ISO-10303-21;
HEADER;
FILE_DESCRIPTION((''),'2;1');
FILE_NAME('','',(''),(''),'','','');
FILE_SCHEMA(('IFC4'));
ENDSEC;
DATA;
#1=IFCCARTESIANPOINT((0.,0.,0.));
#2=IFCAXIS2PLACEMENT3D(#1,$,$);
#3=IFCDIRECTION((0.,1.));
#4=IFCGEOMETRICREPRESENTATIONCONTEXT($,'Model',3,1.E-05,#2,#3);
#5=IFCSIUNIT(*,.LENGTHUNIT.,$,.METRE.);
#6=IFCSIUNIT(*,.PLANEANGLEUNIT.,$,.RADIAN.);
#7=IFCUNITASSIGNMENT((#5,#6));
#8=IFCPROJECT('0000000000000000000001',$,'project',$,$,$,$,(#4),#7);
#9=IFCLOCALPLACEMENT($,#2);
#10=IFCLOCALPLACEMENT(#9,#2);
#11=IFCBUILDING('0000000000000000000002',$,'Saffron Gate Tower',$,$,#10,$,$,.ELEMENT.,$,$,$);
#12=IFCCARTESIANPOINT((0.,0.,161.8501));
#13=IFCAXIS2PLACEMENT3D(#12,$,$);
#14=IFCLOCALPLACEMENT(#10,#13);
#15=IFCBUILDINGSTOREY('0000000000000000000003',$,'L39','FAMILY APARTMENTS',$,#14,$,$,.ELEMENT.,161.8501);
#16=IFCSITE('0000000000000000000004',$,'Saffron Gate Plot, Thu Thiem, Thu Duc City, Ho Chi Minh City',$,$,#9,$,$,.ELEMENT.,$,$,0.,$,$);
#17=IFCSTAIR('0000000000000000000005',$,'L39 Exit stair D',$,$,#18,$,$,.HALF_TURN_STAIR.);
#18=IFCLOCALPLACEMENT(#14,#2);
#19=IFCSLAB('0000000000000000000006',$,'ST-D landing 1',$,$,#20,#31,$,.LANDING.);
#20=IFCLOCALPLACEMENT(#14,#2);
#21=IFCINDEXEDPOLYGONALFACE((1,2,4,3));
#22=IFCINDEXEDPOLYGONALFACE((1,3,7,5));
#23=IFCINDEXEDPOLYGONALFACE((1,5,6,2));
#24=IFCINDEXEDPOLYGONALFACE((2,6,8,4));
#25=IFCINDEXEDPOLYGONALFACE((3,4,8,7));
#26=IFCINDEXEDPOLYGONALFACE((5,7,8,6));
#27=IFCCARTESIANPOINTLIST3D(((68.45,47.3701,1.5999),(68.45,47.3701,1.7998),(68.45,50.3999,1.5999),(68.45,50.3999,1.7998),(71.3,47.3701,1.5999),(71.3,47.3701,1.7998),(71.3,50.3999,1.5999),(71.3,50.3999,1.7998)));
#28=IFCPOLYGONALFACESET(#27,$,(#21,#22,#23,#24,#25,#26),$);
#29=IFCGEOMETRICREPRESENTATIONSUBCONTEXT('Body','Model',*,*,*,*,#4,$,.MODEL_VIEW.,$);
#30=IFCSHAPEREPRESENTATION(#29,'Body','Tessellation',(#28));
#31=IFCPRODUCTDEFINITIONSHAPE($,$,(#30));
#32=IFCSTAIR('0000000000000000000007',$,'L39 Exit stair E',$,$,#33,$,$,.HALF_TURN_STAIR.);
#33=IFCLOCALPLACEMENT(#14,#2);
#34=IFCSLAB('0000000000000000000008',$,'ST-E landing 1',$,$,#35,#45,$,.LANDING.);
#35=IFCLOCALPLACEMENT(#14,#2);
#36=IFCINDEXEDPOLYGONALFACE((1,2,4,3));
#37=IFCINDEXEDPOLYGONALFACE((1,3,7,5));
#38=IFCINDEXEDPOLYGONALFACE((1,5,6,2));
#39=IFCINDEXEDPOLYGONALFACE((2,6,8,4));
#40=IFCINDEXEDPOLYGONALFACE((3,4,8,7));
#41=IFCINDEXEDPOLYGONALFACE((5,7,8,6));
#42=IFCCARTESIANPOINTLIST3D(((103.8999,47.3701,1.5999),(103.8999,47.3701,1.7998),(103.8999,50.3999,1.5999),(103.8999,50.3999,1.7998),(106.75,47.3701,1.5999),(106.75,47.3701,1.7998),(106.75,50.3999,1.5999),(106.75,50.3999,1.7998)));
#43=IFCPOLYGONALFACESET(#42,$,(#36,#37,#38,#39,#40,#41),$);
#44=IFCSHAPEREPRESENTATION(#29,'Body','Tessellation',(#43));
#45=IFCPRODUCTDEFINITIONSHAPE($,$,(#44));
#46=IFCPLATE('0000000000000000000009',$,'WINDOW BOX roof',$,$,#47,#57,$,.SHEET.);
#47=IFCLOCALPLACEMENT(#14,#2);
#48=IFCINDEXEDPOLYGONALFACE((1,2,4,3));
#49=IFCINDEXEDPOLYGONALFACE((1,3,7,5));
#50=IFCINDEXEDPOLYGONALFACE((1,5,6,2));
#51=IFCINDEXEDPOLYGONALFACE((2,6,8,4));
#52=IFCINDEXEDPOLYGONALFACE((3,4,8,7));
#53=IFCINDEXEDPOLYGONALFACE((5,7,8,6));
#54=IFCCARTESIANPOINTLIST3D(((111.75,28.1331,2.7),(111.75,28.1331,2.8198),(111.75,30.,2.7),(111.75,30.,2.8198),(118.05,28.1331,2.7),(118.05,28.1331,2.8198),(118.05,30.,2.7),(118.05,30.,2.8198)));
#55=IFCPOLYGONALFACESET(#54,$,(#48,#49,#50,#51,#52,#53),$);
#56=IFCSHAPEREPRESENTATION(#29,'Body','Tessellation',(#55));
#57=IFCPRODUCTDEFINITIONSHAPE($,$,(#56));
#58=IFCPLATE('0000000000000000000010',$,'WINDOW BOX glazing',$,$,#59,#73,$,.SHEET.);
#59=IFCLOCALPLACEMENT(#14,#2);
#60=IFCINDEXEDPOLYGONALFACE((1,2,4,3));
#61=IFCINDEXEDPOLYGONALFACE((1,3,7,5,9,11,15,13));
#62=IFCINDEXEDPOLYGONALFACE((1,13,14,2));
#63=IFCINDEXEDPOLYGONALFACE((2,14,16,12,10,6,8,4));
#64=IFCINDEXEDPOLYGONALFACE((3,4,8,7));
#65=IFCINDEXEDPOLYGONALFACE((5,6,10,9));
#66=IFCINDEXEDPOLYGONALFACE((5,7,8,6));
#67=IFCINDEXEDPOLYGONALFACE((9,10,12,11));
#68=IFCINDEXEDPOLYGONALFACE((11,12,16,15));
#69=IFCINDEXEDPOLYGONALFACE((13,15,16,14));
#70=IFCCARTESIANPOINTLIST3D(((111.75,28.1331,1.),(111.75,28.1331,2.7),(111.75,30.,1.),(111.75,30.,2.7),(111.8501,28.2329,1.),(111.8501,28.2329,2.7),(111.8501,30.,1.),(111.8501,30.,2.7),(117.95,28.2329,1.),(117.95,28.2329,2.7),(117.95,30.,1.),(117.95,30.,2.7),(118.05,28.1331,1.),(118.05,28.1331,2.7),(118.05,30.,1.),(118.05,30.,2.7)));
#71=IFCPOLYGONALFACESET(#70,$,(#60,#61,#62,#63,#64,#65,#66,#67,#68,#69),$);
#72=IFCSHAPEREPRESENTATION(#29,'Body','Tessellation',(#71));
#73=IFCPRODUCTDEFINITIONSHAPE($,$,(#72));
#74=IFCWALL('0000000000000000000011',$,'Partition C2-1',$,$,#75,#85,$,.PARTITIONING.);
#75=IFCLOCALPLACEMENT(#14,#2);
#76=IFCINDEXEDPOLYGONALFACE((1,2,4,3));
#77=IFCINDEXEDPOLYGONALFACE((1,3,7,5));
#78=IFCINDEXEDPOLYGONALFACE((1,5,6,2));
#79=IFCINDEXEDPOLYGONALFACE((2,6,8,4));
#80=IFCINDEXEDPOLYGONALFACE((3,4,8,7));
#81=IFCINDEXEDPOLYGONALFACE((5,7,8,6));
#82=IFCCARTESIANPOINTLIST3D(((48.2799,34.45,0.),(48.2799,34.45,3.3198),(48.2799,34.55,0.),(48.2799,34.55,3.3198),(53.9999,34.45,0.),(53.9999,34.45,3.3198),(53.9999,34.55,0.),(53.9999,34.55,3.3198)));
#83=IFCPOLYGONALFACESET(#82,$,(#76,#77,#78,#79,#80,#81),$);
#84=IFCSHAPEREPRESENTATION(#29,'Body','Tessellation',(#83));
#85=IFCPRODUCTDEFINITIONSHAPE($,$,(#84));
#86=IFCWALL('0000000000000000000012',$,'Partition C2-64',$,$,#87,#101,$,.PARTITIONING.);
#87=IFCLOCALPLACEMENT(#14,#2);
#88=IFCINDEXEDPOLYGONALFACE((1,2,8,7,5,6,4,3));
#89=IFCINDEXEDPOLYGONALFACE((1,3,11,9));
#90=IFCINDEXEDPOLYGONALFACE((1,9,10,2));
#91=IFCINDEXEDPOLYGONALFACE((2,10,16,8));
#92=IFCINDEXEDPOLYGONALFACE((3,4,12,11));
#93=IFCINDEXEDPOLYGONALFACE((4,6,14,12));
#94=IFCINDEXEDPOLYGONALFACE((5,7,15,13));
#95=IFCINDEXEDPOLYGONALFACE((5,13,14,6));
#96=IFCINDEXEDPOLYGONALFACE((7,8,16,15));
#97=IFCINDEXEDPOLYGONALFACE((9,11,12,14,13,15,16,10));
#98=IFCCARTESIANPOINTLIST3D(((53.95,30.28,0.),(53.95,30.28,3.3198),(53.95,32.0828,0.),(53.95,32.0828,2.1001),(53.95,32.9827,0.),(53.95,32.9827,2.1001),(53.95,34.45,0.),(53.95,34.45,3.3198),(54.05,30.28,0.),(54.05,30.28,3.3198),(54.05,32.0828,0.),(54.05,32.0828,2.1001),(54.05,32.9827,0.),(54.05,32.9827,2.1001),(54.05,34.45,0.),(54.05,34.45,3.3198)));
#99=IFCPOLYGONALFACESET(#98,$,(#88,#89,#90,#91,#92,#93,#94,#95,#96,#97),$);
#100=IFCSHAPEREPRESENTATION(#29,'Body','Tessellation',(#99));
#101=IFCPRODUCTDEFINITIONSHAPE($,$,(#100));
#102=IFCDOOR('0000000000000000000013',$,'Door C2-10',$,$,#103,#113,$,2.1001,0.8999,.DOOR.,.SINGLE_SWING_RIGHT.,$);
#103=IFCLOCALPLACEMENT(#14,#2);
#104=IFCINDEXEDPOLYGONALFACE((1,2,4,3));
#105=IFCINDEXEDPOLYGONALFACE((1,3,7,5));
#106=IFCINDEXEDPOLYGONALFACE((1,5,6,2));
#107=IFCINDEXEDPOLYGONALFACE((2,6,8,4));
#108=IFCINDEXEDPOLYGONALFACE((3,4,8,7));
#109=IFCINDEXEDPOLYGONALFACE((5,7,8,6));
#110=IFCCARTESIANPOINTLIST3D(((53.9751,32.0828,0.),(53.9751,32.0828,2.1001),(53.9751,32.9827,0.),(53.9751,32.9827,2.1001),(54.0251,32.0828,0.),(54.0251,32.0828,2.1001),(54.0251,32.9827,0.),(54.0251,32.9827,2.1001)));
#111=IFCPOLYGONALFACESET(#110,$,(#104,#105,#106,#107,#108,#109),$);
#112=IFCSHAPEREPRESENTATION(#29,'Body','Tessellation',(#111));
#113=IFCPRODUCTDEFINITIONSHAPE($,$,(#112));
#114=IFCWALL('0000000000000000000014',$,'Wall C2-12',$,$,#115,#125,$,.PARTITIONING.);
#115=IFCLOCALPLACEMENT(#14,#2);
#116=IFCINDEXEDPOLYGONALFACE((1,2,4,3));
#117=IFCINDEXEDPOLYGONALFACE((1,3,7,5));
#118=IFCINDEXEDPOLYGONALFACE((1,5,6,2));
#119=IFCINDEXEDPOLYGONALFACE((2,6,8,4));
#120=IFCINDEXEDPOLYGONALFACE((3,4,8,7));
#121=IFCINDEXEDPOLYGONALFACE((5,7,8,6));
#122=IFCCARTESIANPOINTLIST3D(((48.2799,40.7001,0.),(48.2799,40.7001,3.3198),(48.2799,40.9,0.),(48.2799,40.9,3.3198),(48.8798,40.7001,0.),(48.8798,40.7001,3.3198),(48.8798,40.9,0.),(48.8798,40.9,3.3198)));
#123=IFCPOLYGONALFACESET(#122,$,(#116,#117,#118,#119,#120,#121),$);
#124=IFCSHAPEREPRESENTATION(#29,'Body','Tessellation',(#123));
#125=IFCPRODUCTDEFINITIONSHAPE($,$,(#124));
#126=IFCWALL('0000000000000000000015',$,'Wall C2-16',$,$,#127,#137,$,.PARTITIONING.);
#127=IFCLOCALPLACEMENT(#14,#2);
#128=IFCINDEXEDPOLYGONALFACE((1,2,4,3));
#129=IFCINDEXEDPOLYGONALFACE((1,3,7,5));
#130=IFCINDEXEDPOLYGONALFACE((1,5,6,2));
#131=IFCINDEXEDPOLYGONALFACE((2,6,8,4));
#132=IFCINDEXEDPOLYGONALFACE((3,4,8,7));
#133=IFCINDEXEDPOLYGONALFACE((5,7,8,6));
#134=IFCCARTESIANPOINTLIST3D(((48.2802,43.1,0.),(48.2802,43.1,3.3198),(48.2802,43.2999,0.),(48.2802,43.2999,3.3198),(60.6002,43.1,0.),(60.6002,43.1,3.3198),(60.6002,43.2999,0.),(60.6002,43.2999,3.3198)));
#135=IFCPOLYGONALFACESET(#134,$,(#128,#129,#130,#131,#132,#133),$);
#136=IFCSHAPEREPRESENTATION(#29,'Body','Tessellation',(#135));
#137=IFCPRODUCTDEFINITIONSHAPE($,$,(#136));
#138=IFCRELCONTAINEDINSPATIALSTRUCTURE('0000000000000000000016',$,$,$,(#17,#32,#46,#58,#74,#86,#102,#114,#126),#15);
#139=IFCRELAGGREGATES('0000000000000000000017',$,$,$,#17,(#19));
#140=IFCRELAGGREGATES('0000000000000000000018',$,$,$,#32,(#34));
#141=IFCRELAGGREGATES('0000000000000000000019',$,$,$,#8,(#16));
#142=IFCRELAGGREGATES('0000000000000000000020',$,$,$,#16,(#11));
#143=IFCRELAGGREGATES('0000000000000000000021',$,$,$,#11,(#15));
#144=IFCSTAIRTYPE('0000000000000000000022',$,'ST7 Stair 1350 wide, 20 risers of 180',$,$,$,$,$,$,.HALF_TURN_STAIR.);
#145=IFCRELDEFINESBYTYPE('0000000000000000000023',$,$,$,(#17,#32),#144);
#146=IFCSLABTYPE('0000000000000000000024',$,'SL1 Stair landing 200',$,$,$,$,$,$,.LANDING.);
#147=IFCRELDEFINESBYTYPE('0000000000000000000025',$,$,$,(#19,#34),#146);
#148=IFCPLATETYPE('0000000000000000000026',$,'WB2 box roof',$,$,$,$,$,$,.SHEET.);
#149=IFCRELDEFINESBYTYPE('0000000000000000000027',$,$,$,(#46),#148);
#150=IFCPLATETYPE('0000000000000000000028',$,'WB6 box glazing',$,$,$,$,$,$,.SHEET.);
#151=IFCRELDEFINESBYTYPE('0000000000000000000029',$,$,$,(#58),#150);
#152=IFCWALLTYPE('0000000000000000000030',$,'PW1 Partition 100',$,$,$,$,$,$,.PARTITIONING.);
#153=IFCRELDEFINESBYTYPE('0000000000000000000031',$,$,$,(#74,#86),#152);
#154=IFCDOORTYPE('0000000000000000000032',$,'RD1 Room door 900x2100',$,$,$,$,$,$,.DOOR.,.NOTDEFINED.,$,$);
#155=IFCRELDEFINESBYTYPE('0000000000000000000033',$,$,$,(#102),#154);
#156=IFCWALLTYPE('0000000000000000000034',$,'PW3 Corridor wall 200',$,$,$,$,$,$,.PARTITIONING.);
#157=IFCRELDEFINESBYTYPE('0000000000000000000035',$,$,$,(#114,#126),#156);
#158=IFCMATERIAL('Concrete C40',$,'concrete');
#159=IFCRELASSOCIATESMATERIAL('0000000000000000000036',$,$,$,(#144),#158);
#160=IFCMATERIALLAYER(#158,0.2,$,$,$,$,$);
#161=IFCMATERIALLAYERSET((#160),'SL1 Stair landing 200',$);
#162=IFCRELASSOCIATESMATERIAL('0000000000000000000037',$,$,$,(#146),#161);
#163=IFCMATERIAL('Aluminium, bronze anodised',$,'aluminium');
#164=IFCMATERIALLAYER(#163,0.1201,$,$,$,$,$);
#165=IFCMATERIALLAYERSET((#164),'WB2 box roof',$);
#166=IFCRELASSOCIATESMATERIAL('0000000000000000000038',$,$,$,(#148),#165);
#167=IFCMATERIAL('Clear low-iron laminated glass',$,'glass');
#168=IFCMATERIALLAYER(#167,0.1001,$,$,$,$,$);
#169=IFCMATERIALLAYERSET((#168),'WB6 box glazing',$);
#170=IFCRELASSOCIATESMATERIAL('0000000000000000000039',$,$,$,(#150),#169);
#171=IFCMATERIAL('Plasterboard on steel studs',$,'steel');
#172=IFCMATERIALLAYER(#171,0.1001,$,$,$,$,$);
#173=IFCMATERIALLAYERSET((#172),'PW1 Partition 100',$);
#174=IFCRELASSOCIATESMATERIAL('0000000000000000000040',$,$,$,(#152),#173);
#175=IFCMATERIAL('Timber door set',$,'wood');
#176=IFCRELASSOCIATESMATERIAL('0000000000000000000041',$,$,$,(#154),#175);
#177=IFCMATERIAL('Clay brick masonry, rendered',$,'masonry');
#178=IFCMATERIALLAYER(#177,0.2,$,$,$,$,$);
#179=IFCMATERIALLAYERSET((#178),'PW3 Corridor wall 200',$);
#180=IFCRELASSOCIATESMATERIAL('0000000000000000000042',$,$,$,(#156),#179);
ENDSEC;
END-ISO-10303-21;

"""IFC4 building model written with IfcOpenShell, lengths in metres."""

from ifc_helpers import new_model, si_unit, direction, frame, frame_2d, origin, place, context, subcontext, project, spatial, polyline, rectangle, outline, extrude, material, layer, layer_set, type_object, element, fill, aggregate, save


model = new_model("IFC4")

# Units and contexts
model_context = context("Model", 3, precision=1e-05, world=origin(), true_north=direction((0.0, 1.0)))
body_context = subcontext(model_context, "Body", "Model", "MODEL_VIEW")
ifc_project = project(units=[si_unit("LENGTHUNIT", "METRE"), si_unit("PLANEANGLEUNIT", "RADIAN")], contexts=[model_context])

# Site, building, storey
site_placement = place(None, origin())
site = spatial("IfcSite", under=ifc_project, at=site_placement, Name="Saffron Gate Plot, Thu Thiem, Thu Duc City, Ho Chi Minh City", CompositionType="ELEMENT", RefElevation=0.0)
building_placement = place(site_placement, origin())
building = spatial("IfcBuilding", under=site, at=building_placement, Name="Saffron Gate Tower", CompositionType="ELEMENT")
storey_placement = place(building_placement, frame((0.0, 0.0, 161.8501)))
storey = spatial("IfcBuildingStorey", under=building, at=storey_placement, Name="L39", Description="FAMILY APARTMENTS", CompositionType="ELEMENT", Elevation=161.8501)

# Shared definitions
ifc_material_1 = material(Name="Aluminium, bronze anodised", Category="aluminium")

# Stairs, slabs
ifc_material_2 = material(Name="Concrete C40", Category="concrete")
stair_type = type_object("IfcStairType", Name="ST7 Stair 1350 wide, 20 risers of 180", PredefinedType="HALF_TURN_STAIR", material=ifc_material_2)
ifc_layer_1 = layer(ifc_material_2, 0.2)
ifc_layer_set_1 = layer_set([ifc_layer_1], Name="SL1 Stair landing 200")
slab_type = type_object("IfcSlabType", Name="SL1 Stair landing 200", PredefinedType="LANDING", material=ifc_layer_set_1)
stair_1_placement = place(storey_placement, origin())
stair_1 = element("IfcStair", 1, at=stair_1_placement, inside=storey, type_object=stair_type, Name="L39 Exit stair D", PredefinedType="HALF_TURN_STAIR")
slab_1_placement = place(storey_placement, frame((0.0, 0.0, 1.5999)))
slab_1 = element("IfcSlab", 2, at=slab_1_placement, type_object=slab_type, Name="ST-D landing 1", PredefinedType="LANDING", context=body_context, shape_type="SweptSolid", body=[
    extrude(outline(polyline([(71.3, 47.3701), (71.3, 50.3999), (68.45, 50.3999), (68.45, 47.3701), (71.3, 47.3701)])), origin(), (0.0, 0.0, 1.0), 0.2),
])
aggregate(stair_1, [slab_1])
stair_2_placement = place(storey_placement, origin())
stair_2 = element("IfcStair", 3, at=stair_2_placement, inside=storey, type_object=stair_type, Name="L39 Exit stair E", PredefinedType="HALF_TURN_STAIR")
slab_2_placement = place(storey_placement, frame((0.0, 0.0, 1.5999)))
slab_2 = element("IfcSlab", 4, at=slab_2_placement, type_object=slab_type, Name="ST-E landing 1", PredefinedType="LANDING", context=body_context, shape_type="SweptSolid", body=[
    extrude(outline(polyline([(106.75, 47.3701), (106.75, 50.3999), (103.8999, 50.3999), (103.8999, 47.3701), (106.75, 47.3701)])), origin(), (0.0, 0.0, 1.0), 0.2),
])
aggregate(stair_2, [slab_2])

# Plates
ifc_layer_2 = layer(ifc_material_1, 0.1201)
ifc_layer_set_2 = layer_set([ifc_layer_2], Name="WB2 box roof")
plate_type_1 = type_object("IfcPlateType", Name="WB2 box roof", PredefinedType="SHEET", material=ifc_layer_set_2)
plate_1_placement = place(storey_placement, frame((0.0, 0.0, 2.7)))
element("IfcPlate", 5, at=plate_1_placement, inside=storey, type_object=plate_type_1, Name="WINDOW BOX roof", PredefinedType="SHEET", context=body_context, shape_type="SweptSolid", body=[
    extrude(outline(polyline([(111.75, 30.0), (118.05, 30.0), (118.05, 28.1331), (111.75, 28.1331), (111.75, 30.0)])), origin(), (0.0, 0.0, 1.0), 0.1199),
])
ifc_material_3 = material(Name="Clear low-iron laminated glass", Category="glass")
ifc_layer_3 = layer(ifc_material_3, 0.1001)
ifc_layer_set_3 = layer_set([ifc_layer_3], Name="WB6 box glazing")
plate_type_2 = type_object("IfcPlateType", Name="WB6 box glazing", PredefinedType="SHEET", material=ifc_layer_set_3)
plate_2_placement = place(storey_placement, frame((0.0, 0.0, 1.0)))
element("IfcPlate", 6, at=plate_2_placement, inside=storey, type_object=plate_type_2, Name="WINDOW BOX glazing", PredefinedType="SHEET", context=body_context, shape_type="SweptSolid", body=[
    extrude(outline(polyline([(111.75, 30.0), (111.8501, 30.0), (111.8501, 28.2329), (117.95, 28.2329), (117.95, 30.0), (118.05, 30.0), (118.05, 28.1331), (111.75, 28.1331), (111.75, 30.0)])), origin(), (0.0, 0.0, 1.0), 1.7),
])

# Wall
ifc_material_4 = material(Name="Plasterboard on steel studs", Category="steel")
ifc_layer_4 = layer(ifc_material_4, 0.1001)
ifc_layer_set_4 = layer_set([ifc_layer_4], Name="PW1 Partition 100")
wall_type_1 = type_object("IfcWallType", Name="PW1 Partition 100", PredefinedType="PARTITIONING", material=ifc_layer_set_4)
wall_1_placement = place(storey_placement, frame((48.28, 34.5, 0.0), z_axis=(0.0, 0.0, 1.0), x_axis=(1.0, 0.0, 0.0)))
element("IfcWall", 7, at=wall_1_placement, inside=storey, type_object=wall_type_1, Name="Partition C2-1", PredefinedType="PARTITIONING", context=body_context, shape_type="SweptSolid", body=[
    extrude(rectangle(XDim=5.72, YDim=0.1001, at=frame_2d((2.8599, 0.0))), origin(), (0.0, 0.0, 1.0), 3.3198),
])

# Wall, opening, door
wall_2_placement = place(storey_placement, frame((54.0, 30.28, 0.0), z_axis=(0.0, 0.0, 1.0), x_axis=(0.0, 1.0, 0.0)))
wall_2 = element("IfcWall", 8, at=wall_2_placement, inside=storey, type_object=wall_type_1, Name="Partition C2-64", PredefinedType="PARTITIONING", context=body_context, shape_type="SweptSolid", body=[
    extrude(rectangle(XDim=4.1699, YDim=0.1001, at=frame_2d((2.085, 0.0))), origin(), (0.0, 0.0, 1.0), 3.3198),
])
opening_1_placement = place(wall_2_placement, frame((1.8027, 0.0, 0.0)))
opening_1 = element("IfcOpeningElement", 9, at=opening_1_placement, cuts=wall_2, PredefinedType="OPENING", context=body_context, shape_type="SweptSolid", body=[
    extrude(rectangle(XDim=0.8999, YDim=2.1001, at=frame_2d((0.45, 1.05))), frame((0.0, 0.0601, 0.0), z_axis=(0.0, -1.0, 0.0), x_axis=(1.0, 0.0, 0.0)), (0.0, 0.0, 1.0), 0.1201),
])
ifc_material_5 = material(Name="Timber door set", Category="wood")
door_type = type_object("IfcDoorType", Name="RD1 Room door 900x2100", OperationType="NOTDEFINED", PredefinedType="DOOR", material=ifc_material_5)
door_placement = place(opening_1_placement, origin())
door = element("IfcDoor", 10, at=door_placement, inside=storey, type_object=door_type, Name="Door C2-10", OperationType="SINGLE_SWING_RIGHT", OverallHeight=2.1001, OverallWidth=0.8999, PredefinedType="DOOR", context=body_context, shape_type="SweptSolid", body=[
    extrude(rectangle(XDim=0.8999, YDim=2.1001, at=frame_2d((0.45, 1.05))), frame((0.0, 0.0249, 0.0), z_axis=(0.0, -1.0, 0.0), x_axis=(1.0, 0.0, 0.0)), (0.0, 0.0, 1.0), 0.05),
])
fill(opening_1, door)

# Walls
ifc_material_6 = material(Name="Clay brick masonry, rendered", Category="masonry")
ifc_layer_5 = layer(ifc_material_6, 0.2)
ifc_layer_set_5 = layer_set([ifc_layer_5], Name="PW3 Corridor wall 200")
wall_type_2 = type_object("IfcWallType", Name="PW3 Corridor wall 200", PredefinedType="PARTITIONING", material=ifc_layer_set_5)
wall_3_placement = place(storey_placement, frame((48.28, 40.8, 0.0), z_axis=(0.0, 0.0, 1.0), x_axis=(1.0, 0.0, 0.0)))
element("IfcWall", 11, at=wall_3_placement, inside=storey, type_object=wall_type_2, Name="Wall C2-12", PredefinedType="PARTITIONING", context=body_context, shape_type="SweptSolid", body=[
    extrude(rectangle(XDim=0.5999, YDim=0.2, at=frame_2d((0.2998, 0.0))), origin(), (0.0, 0.0, 1.0), 3.3198),
])
wall_4_placement = place(storey_placement, frame((48.28, 43.2, 0.0), z_axis=(0.0, 0.0, 1.0), x_axis=(1.0, 0.0, 0.0)))
element("IfcWall", 12, at=wall_4_placement, inside=storey, type_object=wall_type_2, Name="Wall C2-16", PredefinedType="PARTITIONING", context=body_context, shape_type="SweptSolid", body=[
    extrude(rectangle(XDim=12.3201, YDim=0.2, at=frame_2d((6.1602, 0.0))), origin(), (0.0, 0.0, 1.0), 3.3198),
])

save(model, "model.ifc")
